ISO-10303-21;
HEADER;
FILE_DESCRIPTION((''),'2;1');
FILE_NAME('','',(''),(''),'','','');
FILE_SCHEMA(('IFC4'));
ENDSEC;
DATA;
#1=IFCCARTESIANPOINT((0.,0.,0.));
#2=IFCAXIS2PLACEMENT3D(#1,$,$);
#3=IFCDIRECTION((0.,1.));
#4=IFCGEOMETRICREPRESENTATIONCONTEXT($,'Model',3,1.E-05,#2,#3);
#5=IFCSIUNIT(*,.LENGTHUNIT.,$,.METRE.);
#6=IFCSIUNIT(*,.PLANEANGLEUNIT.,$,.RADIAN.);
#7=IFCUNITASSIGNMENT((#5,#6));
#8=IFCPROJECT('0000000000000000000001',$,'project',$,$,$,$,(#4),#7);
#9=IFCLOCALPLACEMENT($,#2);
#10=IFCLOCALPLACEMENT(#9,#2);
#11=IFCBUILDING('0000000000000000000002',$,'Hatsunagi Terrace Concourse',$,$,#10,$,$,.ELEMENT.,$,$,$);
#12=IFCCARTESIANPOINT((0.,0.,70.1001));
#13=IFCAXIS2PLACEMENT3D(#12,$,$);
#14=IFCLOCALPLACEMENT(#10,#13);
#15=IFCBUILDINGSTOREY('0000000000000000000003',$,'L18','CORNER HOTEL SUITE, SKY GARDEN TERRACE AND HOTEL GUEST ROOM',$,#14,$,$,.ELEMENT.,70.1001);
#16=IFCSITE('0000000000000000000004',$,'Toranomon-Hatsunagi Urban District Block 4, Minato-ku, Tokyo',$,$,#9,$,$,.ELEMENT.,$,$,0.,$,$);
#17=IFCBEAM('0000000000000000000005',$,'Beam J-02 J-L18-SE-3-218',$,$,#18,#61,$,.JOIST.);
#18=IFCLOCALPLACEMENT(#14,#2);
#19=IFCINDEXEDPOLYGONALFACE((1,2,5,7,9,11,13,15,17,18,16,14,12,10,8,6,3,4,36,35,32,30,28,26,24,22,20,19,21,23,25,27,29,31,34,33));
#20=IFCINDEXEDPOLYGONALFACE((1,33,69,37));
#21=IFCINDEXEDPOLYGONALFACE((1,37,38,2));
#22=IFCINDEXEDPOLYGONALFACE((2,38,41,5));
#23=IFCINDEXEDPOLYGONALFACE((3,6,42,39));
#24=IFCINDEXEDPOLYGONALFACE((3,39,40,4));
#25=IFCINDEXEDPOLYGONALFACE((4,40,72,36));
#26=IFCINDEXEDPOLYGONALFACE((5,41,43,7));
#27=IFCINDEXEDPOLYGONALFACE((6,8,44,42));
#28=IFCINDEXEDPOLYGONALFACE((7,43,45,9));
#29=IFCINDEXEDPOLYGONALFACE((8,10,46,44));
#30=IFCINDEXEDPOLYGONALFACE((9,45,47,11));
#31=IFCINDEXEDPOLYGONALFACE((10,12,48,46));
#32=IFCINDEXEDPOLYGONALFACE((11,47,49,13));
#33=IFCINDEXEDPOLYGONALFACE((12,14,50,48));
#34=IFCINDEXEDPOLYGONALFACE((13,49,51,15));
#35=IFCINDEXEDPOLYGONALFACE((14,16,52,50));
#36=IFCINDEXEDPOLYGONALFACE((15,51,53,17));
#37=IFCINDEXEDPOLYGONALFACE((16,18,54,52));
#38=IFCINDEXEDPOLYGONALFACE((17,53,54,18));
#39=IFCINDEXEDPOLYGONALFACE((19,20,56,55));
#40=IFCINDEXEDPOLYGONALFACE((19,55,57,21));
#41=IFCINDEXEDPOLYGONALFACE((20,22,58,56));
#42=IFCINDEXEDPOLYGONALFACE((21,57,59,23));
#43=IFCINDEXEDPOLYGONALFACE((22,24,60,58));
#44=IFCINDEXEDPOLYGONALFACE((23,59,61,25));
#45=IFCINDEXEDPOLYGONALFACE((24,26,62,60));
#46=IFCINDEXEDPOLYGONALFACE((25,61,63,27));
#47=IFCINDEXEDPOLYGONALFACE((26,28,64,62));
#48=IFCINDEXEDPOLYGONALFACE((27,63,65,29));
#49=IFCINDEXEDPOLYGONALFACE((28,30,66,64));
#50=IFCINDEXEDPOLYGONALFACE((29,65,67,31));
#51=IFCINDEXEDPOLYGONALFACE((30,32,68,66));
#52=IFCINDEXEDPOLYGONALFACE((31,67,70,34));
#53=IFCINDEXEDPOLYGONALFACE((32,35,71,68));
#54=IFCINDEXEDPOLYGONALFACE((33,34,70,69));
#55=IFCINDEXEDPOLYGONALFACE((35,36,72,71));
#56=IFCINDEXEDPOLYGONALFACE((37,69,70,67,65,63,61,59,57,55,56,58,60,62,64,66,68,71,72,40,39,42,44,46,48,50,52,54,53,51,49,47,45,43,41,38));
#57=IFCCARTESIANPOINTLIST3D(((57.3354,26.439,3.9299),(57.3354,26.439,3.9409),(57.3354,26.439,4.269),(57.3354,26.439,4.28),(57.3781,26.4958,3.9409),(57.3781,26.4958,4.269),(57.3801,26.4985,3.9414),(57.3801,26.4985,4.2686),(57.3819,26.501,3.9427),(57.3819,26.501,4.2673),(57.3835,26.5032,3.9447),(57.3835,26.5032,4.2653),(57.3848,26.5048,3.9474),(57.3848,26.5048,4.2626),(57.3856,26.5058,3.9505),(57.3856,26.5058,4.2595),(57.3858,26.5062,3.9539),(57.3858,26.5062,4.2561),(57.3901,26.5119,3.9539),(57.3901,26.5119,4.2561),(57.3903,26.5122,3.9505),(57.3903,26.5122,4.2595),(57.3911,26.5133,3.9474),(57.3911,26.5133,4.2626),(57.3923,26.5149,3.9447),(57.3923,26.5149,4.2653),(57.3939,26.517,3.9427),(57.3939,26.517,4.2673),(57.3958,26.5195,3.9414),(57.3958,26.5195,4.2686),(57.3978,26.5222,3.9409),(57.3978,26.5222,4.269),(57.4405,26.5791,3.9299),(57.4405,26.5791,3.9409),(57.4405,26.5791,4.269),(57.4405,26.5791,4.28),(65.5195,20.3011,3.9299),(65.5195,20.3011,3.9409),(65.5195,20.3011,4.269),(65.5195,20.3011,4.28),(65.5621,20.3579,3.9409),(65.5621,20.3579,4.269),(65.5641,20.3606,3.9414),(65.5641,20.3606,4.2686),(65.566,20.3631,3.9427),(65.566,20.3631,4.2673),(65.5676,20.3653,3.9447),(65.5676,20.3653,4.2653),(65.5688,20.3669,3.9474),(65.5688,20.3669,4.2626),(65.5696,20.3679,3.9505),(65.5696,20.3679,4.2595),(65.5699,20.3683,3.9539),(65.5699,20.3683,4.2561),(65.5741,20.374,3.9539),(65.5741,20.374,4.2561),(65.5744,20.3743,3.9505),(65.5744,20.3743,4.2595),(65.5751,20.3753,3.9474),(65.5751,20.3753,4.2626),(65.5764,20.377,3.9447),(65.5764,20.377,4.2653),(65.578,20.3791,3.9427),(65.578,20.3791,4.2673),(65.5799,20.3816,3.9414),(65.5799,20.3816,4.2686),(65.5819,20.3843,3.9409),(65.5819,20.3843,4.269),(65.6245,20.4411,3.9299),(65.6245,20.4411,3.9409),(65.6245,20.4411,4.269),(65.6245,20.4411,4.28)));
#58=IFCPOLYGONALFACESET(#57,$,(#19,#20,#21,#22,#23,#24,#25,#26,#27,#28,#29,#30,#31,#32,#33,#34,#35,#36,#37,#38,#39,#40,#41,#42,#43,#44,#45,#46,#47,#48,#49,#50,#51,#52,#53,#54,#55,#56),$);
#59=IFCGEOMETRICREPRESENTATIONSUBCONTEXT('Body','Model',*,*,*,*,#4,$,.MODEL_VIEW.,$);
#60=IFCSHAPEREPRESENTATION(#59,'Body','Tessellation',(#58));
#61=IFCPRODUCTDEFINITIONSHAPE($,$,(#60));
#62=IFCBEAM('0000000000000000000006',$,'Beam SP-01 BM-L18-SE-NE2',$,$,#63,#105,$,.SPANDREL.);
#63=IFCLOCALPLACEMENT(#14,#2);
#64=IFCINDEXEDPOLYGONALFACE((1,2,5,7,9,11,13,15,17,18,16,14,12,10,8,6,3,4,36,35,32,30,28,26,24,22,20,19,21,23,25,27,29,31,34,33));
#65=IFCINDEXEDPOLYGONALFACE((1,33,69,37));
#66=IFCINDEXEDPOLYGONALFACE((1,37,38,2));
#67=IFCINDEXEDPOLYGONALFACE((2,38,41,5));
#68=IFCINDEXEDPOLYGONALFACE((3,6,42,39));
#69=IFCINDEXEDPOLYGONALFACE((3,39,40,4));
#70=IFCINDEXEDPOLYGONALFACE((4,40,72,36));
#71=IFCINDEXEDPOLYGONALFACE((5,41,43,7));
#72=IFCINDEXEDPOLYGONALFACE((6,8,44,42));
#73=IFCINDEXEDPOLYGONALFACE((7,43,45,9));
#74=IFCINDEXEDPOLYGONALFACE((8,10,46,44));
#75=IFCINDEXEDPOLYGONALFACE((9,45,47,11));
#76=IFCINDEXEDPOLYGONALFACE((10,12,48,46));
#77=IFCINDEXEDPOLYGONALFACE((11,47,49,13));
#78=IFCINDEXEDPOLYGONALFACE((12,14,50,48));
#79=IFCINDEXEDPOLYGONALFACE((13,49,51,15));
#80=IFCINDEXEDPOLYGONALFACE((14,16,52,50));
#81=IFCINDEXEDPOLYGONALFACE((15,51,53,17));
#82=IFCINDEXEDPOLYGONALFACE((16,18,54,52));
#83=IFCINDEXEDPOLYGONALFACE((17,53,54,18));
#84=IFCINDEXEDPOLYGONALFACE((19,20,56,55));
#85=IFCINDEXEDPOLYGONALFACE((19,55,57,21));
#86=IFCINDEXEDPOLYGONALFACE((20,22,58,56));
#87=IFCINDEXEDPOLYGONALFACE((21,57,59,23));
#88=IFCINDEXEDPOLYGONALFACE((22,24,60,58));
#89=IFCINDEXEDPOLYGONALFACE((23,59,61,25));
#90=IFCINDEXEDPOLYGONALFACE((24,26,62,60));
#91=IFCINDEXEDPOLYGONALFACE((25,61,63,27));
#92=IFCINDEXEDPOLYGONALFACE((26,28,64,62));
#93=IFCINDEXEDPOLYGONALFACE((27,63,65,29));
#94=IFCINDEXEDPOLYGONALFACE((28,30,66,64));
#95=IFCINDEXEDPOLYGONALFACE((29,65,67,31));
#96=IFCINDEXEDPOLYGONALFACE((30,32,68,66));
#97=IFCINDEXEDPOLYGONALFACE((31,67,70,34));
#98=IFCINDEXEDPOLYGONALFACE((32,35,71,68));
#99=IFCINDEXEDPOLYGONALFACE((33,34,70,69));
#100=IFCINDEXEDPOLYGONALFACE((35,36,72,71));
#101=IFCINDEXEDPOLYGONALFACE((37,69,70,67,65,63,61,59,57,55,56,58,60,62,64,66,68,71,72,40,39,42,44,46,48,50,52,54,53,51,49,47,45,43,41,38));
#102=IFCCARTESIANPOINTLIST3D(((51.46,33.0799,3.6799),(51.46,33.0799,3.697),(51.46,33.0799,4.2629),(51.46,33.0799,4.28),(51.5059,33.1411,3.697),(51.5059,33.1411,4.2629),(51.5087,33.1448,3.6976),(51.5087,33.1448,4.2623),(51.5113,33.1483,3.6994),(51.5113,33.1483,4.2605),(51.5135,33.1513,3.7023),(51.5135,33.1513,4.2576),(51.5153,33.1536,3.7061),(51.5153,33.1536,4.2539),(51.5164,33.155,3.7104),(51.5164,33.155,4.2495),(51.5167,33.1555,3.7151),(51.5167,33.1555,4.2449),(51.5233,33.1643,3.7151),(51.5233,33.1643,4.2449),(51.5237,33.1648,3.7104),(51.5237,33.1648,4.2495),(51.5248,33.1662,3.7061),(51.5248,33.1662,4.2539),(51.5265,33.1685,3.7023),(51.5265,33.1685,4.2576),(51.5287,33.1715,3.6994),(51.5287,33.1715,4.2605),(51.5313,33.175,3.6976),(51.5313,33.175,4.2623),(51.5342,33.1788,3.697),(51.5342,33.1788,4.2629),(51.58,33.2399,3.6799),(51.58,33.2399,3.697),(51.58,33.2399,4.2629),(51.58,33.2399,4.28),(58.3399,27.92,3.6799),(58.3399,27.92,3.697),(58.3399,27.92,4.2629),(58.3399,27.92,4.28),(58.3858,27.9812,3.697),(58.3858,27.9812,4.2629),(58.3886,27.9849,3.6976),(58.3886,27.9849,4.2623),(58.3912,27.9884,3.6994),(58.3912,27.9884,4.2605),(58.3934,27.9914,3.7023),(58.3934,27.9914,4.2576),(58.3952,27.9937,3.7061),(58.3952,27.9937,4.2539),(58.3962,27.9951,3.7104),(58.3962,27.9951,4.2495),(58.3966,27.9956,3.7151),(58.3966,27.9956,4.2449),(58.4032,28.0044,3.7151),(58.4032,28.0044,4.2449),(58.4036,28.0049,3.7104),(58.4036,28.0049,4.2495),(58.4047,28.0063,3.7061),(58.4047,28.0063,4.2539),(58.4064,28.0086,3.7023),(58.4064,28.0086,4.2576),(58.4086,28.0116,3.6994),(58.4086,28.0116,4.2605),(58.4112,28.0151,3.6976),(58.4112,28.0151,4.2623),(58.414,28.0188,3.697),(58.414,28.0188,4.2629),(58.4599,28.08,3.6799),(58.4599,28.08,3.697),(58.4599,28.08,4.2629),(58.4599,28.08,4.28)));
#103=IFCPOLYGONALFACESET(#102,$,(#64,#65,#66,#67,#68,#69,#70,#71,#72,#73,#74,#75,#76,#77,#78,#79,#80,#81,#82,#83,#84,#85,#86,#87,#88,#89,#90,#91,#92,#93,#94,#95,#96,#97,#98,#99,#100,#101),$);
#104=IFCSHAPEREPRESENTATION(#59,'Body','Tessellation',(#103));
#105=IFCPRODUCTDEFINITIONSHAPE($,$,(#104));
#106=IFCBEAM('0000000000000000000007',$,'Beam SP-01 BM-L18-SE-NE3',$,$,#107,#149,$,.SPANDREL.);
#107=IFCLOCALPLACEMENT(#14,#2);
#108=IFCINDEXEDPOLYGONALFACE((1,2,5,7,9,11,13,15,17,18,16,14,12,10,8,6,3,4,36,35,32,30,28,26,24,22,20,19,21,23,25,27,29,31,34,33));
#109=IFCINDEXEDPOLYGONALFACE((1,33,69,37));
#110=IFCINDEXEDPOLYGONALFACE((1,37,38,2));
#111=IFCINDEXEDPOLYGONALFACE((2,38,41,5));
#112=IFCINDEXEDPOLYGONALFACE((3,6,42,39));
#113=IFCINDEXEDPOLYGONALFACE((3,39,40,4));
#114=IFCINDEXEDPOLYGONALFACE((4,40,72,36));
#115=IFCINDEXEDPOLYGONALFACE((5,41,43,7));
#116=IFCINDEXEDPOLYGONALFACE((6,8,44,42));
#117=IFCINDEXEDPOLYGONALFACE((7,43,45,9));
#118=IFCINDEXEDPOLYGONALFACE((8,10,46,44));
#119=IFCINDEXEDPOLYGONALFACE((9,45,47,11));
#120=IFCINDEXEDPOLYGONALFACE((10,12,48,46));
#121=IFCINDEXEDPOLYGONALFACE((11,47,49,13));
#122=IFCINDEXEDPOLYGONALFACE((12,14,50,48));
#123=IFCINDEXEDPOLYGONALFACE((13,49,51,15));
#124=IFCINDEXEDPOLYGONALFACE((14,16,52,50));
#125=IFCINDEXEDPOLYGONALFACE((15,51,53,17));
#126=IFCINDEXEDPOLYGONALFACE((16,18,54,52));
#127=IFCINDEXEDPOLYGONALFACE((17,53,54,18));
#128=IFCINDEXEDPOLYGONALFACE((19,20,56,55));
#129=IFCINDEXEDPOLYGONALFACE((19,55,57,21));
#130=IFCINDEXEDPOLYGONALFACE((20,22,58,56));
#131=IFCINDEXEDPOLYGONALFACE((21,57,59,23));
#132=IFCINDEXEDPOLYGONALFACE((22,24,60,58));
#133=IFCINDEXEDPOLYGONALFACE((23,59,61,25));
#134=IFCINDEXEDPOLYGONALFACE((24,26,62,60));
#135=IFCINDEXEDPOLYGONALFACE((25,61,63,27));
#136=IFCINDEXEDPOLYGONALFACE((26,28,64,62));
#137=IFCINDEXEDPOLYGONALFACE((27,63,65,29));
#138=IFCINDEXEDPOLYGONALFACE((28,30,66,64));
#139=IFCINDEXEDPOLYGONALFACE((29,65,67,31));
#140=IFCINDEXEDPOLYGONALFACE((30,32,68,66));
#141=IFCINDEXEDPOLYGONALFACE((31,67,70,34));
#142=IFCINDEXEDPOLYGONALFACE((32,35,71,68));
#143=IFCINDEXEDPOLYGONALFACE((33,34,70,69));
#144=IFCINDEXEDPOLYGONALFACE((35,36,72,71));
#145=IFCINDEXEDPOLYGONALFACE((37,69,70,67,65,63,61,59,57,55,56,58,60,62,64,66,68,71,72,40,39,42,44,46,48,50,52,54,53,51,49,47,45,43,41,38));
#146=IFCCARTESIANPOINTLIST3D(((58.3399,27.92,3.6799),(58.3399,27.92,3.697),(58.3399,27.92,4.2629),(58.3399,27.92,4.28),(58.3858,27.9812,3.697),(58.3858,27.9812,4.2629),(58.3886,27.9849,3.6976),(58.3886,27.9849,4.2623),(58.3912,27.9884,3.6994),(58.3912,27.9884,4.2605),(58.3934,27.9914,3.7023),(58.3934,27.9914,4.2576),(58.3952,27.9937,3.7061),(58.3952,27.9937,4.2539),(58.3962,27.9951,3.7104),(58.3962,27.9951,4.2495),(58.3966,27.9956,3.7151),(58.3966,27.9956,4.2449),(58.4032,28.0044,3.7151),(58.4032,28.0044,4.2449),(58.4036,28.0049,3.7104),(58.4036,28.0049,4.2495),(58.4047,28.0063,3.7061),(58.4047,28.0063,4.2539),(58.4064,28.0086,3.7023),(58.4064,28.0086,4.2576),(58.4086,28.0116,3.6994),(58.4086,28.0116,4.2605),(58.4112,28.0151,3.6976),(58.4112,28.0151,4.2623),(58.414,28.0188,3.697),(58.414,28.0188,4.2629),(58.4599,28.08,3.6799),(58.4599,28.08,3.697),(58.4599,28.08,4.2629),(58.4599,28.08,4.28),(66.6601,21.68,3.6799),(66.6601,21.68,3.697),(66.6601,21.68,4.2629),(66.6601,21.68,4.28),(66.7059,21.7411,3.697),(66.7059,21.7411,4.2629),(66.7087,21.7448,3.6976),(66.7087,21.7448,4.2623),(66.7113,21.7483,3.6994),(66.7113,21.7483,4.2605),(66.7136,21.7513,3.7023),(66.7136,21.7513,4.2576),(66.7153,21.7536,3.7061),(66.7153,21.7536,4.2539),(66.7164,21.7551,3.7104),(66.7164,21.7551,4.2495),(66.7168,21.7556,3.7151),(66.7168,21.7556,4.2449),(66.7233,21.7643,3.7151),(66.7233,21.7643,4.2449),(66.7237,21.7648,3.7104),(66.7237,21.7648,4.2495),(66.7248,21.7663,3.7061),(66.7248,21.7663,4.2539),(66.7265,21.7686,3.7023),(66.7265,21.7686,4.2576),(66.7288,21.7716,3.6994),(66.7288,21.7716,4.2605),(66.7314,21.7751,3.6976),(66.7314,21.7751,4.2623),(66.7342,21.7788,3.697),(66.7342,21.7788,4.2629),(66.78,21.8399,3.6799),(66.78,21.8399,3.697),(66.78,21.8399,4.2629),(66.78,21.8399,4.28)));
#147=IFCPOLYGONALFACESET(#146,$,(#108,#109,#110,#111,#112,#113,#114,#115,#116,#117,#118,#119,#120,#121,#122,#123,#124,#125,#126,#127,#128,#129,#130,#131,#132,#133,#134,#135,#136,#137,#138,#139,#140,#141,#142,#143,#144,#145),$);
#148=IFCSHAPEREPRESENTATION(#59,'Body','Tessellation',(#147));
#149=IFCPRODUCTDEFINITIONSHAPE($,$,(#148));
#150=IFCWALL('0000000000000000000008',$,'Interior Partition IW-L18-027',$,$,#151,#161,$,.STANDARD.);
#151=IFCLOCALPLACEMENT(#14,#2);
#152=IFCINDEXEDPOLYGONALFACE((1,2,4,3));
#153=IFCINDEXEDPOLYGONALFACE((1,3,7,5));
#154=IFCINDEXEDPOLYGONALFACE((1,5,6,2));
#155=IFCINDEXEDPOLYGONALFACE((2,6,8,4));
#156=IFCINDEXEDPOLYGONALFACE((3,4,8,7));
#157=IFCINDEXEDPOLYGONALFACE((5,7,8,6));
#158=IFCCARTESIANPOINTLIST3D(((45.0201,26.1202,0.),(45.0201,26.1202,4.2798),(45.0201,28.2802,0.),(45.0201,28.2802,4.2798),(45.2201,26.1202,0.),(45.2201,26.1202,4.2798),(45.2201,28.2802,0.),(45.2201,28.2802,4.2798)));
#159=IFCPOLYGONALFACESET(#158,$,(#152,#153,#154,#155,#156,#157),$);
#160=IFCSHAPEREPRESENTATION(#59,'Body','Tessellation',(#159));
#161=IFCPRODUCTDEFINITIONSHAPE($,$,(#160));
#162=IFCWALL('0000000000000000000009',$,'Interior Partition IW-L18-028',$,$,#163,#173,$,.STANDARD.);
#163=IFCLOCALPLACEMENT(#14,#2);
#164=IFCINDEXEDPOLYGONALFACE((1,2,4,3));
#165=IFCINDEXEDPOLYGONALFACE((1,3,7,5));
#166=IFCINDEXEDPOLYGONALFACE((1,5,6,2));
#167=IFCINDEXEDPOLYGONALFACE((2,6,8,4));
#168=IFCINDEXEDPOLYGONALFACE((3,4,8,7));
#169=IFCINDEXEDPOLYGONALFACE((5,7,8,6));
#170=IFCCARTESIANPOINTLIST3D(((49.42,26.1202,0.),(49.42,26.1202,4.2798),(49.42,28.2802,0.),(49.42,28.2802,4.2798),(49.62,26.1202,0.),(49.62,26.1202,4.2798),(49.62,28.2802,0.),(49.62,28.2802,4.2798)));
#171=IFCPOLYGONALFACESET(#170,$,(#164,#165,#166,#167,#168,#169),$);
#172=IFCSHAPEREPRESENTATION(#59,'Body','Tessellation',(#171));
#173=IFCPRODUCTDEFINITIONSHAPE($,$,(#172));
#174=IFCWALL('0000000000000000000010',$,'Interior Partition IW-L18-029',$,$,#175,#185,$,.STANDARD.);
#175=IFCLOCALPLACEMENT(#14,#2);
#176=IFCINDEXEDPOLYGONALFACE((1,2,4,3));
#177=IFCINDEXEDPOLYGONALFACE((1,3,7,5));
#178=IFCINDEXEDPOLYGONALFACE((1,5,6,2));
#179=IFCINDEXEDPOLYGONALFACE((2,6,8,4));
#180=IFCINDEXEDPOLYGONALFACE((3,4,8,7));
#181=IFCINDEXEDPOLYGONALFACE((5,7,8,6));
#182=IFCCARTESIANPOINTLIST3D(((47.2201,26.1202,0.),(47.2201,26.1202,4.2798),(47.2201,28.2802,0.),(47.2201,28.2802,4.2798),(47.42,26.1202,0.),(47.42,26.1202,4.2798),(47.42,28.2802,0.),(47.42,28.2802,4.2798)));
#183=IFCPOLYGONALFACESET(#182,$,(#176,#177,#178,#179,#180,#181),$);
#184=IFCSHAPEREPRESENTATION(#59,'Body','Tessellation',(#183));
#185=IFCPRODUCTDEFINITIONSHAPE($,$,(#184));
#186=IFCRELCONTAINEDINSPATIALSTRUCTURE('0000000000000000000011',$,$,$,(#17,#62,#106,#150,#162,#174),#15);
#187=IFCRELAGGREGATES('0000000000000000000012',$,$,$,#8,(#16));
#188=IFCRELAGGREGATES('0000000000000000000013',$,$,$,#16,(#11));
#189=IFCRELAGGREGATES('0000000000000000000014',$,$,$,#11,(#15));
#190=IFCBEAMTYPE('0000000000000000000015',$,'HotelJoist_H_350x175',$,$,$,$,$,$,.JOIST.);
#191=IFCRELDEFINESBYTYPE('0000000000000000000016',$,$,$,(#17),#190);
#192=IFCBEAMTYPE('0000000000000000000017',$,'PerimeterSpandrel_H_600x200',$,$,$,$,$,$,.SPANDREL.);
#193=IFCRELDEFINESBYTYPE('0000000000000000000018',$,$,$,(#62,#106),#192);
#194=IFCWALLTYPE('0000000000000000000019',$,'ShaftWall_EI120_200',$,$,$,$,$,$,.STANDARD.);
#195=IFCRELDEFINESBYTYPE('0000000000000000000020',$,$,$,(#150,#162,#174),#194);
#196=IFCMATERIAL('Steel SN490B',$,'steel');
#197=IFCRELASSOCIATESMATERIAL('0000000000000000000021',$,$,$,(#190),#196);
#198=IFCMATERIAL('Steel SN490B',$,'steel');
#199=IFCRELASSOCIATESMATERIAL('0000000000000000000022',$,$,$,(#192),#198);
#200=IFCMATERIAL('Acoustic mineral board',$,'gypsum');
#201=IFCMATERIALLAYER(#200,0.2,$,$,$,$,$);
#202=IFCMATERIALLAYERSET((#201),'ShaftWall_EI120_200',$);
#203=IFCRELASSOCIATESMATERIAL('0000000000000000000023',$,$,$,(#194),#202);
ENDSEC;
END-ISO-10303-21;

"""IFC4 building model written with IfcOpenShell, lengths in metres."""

from ifc_helpers import new_model, si_unit, direction, frame, frame_2d, origin, origin_2d, place, context, subcontext, project, spatial, rectangle, i_section, extrude, material, layer, layer_set, material_profile, profile_set, type_object, element, save


model = new_model("IFC4")

# Units and contexts
model_context = context("Model", 3, precision=1e-05, world=origin(), true_north=direction((0.0, 1.0)))
body_context = subcontext(model_context, "Body", "Model", "MODEL_VIEW")
ifc_project = project(units=[si_unit("LENGTHUNIT", "METRE"), si_unit("PLANEANGLEUNIT", "RADIAN")], contexts=[model_context])

# Site, building, storey
site_placement = place(None, origin())
site = spatial("IfcSite", under=ifc_project, at=site_placement, Name="Toranomon-Hatsunagi Urban District Block 4, Minato-ku, Tokyo", CompositionType="ELEMENT", RefElevation=0.0)
building_placement = place(site_placement, origin())
building = spatial("IfcBuilding", under=site, at=building_placement, Name="Hatsunagi Terrace Concourse", CompositionType="ELEMENT")
storey_placement = place(building_placement, frame((0.0, 0.0, 70.1001)))
storey = spatial("IfcBuildingStorey", under=building, at=storey_placement, Name="L18", Description="CORNER HOTEL SUITE, SKY GARDEN TERRACE AND HOTEL GUEST ROOM", CompositionType="ELEMENT", Elevation=70.1001)

# Beams
ifc_material_1 = material(Name="Steel SN490B", Category="steel")
ifc_material_profile_1 = material_profile(ifc_material_1, i_section(OverallWidth=0.175, OverallDepth=0.3501, WebThickness=0.0071, FlangeThickness=0.011, FilletRadius=0.0129, at=origin_2d()), Name="H-350x175x7x11")
ifc_profile_set_1 = profile_set([ifc_material_profile_1], Name="Steel SN490B")
beam_type_1 = type_object("IfcBeamType", Name="HotelJoist_H_350x175", PredefinedType="JOIST", material=ifc_profile_set_1)
beam_1_placement = place(storey_placement, frame((57.3879, 26.509, 4.105), z_axis=(0.800006, -0.599992, 0.0), x_axis=(0.599992, 0.800006, 0.0)))
element("IfcBeam", 1, at=beam_1_placement, inside=storey, type_object=beam_type_1, Name="Beam J-02 J-L18-SE-3-218", PredefinedType="JOIST", context=body_context, shape_type="SweptSolid", body=[
    extrude(i_section(OverallWidth=0.175, OverallDepth=0.3501, WebThickness=0.0071, FlangeThickness=0.011, FilletRadius=0.0129, at=origin_2d()), origin(), (0.0, 0.0, 1.0), 10.23),
])
ifc_material_2 = material(Name="Steel SN490B", Category="steel")
ifc_material_profile_2 = material_profile(ifc_material_2, i_section(OverallWidth=0.2, OverallDepth=0.6001, WebThickness=0.011, FlangeThickness=0.0171, FilletRadius=0.0181, at=origin_2d()), Name="H-600x200x11x17")
ifc_profile_set_2 = profile_set([ifc_material_profile_2], Name="Steel SN490B")
beam_type_2 = type_object("IfcBeamType", Name="PerimeterSpandrel_H_600x200", PredefinedType="SPANDREL", material=ifc_profile_set_2)
beam_2_placement = place(storey_placement, frame((51.52, 33.1599, 3.98), z_axis=(0.8, -0.6, 0.0), x_axis=(0.6, 0.8, 0.0)))
element("IfcBeam", 2, at=beam_2_placement, inside=storey, type_object=beam_type_2, Name="Beam SP-01 BM-L18-SE-NE2", PredefinedType="SPANDREL", context=body_context, shape_type="SweptSolid", body=[
    extrude(i_section(OverallWidth=0.2, OverallDepth=0.6001, WebThickness=0.011, FlangeThickness=0.0171, FilletRadius=0.0181, at=origin_2d()), origin(), (0.0, 0.0, 1.0), 8.5999),
])
beam_3_placement = place(storey_placement, frame((58.3999, 28.0, 3.98), z_axis=(0.800003, -0.599996, 0.0), x_axis=(0.599996, 0.800003, 0.0)))
element("IfcBeam", 3, at=beam_3_placement, inside=storey, type_object=beam_type_2, Name="Beam SP-01 BM-L18-SE-NE3", PredefinedType="SPANDREL", context=body_context, shape_type="SweptSolid", body=[
    extrude(i_section(OverallWidth=0.2, OverallDepth=0.6001, WebThickness=0.011, FlangeThickness=0.0171, FilletRadius=0.0181, at=origin_2d()), origin(), (0.0, 0.0, 1.0), 10.4001),
])

# Walls
ifc_material_3 = material(Name="Acoustic mineral board", Category="gypsum")
ifc_layer_1 = layer(ifc_material_3, 0.2)
ifc_layer_set_1 = layer_set([ifc_layer_1], Name="ShaftWall_EI120_200")
wall_type_1 = type_object("IfcWallType", Name="ShaftWall_EI120_200", PredefinedType="STANDARD", material=ifc_layer_set_1)
for number, where, z_axis, x_axis, name in (
    (4, (45.1201, 26.1201, 0.0), (0.0, 0.0, 1.0), (0.0, 1.0, 0.0), "Interior Partition IW-L18-027"),
    (5, (49.52, 26.1201, 0.0), (0.0, 0.0, 1.0), (0.0, 1.0, 0.0), "Interior Partition IW-L18-028"),
    (6, (47.3201, 26.1201, 0.0), (0.0, 0.0, 1.0), (0.0, 1.0, 0.0), "Interior Partition IW-L18-029"),
):
    element("IfcWall", number, at=place(storey_placement, frame(where, z_axis=z_axis, x_axis=x_axis)), inside=storey, type_object=wall_type_1, Name=name, PredefinedType="STANDARD", context=body_context, shape_type="SweptSolid", body=[
        extrude(rectangle(XDim=2.1599, YDim=0.2, at=frame_2d((1.0801, 0.0))), origin(), (0.0, 0.0, 1.0), 4.2798),
    ])

save(model, "model.ifc")
